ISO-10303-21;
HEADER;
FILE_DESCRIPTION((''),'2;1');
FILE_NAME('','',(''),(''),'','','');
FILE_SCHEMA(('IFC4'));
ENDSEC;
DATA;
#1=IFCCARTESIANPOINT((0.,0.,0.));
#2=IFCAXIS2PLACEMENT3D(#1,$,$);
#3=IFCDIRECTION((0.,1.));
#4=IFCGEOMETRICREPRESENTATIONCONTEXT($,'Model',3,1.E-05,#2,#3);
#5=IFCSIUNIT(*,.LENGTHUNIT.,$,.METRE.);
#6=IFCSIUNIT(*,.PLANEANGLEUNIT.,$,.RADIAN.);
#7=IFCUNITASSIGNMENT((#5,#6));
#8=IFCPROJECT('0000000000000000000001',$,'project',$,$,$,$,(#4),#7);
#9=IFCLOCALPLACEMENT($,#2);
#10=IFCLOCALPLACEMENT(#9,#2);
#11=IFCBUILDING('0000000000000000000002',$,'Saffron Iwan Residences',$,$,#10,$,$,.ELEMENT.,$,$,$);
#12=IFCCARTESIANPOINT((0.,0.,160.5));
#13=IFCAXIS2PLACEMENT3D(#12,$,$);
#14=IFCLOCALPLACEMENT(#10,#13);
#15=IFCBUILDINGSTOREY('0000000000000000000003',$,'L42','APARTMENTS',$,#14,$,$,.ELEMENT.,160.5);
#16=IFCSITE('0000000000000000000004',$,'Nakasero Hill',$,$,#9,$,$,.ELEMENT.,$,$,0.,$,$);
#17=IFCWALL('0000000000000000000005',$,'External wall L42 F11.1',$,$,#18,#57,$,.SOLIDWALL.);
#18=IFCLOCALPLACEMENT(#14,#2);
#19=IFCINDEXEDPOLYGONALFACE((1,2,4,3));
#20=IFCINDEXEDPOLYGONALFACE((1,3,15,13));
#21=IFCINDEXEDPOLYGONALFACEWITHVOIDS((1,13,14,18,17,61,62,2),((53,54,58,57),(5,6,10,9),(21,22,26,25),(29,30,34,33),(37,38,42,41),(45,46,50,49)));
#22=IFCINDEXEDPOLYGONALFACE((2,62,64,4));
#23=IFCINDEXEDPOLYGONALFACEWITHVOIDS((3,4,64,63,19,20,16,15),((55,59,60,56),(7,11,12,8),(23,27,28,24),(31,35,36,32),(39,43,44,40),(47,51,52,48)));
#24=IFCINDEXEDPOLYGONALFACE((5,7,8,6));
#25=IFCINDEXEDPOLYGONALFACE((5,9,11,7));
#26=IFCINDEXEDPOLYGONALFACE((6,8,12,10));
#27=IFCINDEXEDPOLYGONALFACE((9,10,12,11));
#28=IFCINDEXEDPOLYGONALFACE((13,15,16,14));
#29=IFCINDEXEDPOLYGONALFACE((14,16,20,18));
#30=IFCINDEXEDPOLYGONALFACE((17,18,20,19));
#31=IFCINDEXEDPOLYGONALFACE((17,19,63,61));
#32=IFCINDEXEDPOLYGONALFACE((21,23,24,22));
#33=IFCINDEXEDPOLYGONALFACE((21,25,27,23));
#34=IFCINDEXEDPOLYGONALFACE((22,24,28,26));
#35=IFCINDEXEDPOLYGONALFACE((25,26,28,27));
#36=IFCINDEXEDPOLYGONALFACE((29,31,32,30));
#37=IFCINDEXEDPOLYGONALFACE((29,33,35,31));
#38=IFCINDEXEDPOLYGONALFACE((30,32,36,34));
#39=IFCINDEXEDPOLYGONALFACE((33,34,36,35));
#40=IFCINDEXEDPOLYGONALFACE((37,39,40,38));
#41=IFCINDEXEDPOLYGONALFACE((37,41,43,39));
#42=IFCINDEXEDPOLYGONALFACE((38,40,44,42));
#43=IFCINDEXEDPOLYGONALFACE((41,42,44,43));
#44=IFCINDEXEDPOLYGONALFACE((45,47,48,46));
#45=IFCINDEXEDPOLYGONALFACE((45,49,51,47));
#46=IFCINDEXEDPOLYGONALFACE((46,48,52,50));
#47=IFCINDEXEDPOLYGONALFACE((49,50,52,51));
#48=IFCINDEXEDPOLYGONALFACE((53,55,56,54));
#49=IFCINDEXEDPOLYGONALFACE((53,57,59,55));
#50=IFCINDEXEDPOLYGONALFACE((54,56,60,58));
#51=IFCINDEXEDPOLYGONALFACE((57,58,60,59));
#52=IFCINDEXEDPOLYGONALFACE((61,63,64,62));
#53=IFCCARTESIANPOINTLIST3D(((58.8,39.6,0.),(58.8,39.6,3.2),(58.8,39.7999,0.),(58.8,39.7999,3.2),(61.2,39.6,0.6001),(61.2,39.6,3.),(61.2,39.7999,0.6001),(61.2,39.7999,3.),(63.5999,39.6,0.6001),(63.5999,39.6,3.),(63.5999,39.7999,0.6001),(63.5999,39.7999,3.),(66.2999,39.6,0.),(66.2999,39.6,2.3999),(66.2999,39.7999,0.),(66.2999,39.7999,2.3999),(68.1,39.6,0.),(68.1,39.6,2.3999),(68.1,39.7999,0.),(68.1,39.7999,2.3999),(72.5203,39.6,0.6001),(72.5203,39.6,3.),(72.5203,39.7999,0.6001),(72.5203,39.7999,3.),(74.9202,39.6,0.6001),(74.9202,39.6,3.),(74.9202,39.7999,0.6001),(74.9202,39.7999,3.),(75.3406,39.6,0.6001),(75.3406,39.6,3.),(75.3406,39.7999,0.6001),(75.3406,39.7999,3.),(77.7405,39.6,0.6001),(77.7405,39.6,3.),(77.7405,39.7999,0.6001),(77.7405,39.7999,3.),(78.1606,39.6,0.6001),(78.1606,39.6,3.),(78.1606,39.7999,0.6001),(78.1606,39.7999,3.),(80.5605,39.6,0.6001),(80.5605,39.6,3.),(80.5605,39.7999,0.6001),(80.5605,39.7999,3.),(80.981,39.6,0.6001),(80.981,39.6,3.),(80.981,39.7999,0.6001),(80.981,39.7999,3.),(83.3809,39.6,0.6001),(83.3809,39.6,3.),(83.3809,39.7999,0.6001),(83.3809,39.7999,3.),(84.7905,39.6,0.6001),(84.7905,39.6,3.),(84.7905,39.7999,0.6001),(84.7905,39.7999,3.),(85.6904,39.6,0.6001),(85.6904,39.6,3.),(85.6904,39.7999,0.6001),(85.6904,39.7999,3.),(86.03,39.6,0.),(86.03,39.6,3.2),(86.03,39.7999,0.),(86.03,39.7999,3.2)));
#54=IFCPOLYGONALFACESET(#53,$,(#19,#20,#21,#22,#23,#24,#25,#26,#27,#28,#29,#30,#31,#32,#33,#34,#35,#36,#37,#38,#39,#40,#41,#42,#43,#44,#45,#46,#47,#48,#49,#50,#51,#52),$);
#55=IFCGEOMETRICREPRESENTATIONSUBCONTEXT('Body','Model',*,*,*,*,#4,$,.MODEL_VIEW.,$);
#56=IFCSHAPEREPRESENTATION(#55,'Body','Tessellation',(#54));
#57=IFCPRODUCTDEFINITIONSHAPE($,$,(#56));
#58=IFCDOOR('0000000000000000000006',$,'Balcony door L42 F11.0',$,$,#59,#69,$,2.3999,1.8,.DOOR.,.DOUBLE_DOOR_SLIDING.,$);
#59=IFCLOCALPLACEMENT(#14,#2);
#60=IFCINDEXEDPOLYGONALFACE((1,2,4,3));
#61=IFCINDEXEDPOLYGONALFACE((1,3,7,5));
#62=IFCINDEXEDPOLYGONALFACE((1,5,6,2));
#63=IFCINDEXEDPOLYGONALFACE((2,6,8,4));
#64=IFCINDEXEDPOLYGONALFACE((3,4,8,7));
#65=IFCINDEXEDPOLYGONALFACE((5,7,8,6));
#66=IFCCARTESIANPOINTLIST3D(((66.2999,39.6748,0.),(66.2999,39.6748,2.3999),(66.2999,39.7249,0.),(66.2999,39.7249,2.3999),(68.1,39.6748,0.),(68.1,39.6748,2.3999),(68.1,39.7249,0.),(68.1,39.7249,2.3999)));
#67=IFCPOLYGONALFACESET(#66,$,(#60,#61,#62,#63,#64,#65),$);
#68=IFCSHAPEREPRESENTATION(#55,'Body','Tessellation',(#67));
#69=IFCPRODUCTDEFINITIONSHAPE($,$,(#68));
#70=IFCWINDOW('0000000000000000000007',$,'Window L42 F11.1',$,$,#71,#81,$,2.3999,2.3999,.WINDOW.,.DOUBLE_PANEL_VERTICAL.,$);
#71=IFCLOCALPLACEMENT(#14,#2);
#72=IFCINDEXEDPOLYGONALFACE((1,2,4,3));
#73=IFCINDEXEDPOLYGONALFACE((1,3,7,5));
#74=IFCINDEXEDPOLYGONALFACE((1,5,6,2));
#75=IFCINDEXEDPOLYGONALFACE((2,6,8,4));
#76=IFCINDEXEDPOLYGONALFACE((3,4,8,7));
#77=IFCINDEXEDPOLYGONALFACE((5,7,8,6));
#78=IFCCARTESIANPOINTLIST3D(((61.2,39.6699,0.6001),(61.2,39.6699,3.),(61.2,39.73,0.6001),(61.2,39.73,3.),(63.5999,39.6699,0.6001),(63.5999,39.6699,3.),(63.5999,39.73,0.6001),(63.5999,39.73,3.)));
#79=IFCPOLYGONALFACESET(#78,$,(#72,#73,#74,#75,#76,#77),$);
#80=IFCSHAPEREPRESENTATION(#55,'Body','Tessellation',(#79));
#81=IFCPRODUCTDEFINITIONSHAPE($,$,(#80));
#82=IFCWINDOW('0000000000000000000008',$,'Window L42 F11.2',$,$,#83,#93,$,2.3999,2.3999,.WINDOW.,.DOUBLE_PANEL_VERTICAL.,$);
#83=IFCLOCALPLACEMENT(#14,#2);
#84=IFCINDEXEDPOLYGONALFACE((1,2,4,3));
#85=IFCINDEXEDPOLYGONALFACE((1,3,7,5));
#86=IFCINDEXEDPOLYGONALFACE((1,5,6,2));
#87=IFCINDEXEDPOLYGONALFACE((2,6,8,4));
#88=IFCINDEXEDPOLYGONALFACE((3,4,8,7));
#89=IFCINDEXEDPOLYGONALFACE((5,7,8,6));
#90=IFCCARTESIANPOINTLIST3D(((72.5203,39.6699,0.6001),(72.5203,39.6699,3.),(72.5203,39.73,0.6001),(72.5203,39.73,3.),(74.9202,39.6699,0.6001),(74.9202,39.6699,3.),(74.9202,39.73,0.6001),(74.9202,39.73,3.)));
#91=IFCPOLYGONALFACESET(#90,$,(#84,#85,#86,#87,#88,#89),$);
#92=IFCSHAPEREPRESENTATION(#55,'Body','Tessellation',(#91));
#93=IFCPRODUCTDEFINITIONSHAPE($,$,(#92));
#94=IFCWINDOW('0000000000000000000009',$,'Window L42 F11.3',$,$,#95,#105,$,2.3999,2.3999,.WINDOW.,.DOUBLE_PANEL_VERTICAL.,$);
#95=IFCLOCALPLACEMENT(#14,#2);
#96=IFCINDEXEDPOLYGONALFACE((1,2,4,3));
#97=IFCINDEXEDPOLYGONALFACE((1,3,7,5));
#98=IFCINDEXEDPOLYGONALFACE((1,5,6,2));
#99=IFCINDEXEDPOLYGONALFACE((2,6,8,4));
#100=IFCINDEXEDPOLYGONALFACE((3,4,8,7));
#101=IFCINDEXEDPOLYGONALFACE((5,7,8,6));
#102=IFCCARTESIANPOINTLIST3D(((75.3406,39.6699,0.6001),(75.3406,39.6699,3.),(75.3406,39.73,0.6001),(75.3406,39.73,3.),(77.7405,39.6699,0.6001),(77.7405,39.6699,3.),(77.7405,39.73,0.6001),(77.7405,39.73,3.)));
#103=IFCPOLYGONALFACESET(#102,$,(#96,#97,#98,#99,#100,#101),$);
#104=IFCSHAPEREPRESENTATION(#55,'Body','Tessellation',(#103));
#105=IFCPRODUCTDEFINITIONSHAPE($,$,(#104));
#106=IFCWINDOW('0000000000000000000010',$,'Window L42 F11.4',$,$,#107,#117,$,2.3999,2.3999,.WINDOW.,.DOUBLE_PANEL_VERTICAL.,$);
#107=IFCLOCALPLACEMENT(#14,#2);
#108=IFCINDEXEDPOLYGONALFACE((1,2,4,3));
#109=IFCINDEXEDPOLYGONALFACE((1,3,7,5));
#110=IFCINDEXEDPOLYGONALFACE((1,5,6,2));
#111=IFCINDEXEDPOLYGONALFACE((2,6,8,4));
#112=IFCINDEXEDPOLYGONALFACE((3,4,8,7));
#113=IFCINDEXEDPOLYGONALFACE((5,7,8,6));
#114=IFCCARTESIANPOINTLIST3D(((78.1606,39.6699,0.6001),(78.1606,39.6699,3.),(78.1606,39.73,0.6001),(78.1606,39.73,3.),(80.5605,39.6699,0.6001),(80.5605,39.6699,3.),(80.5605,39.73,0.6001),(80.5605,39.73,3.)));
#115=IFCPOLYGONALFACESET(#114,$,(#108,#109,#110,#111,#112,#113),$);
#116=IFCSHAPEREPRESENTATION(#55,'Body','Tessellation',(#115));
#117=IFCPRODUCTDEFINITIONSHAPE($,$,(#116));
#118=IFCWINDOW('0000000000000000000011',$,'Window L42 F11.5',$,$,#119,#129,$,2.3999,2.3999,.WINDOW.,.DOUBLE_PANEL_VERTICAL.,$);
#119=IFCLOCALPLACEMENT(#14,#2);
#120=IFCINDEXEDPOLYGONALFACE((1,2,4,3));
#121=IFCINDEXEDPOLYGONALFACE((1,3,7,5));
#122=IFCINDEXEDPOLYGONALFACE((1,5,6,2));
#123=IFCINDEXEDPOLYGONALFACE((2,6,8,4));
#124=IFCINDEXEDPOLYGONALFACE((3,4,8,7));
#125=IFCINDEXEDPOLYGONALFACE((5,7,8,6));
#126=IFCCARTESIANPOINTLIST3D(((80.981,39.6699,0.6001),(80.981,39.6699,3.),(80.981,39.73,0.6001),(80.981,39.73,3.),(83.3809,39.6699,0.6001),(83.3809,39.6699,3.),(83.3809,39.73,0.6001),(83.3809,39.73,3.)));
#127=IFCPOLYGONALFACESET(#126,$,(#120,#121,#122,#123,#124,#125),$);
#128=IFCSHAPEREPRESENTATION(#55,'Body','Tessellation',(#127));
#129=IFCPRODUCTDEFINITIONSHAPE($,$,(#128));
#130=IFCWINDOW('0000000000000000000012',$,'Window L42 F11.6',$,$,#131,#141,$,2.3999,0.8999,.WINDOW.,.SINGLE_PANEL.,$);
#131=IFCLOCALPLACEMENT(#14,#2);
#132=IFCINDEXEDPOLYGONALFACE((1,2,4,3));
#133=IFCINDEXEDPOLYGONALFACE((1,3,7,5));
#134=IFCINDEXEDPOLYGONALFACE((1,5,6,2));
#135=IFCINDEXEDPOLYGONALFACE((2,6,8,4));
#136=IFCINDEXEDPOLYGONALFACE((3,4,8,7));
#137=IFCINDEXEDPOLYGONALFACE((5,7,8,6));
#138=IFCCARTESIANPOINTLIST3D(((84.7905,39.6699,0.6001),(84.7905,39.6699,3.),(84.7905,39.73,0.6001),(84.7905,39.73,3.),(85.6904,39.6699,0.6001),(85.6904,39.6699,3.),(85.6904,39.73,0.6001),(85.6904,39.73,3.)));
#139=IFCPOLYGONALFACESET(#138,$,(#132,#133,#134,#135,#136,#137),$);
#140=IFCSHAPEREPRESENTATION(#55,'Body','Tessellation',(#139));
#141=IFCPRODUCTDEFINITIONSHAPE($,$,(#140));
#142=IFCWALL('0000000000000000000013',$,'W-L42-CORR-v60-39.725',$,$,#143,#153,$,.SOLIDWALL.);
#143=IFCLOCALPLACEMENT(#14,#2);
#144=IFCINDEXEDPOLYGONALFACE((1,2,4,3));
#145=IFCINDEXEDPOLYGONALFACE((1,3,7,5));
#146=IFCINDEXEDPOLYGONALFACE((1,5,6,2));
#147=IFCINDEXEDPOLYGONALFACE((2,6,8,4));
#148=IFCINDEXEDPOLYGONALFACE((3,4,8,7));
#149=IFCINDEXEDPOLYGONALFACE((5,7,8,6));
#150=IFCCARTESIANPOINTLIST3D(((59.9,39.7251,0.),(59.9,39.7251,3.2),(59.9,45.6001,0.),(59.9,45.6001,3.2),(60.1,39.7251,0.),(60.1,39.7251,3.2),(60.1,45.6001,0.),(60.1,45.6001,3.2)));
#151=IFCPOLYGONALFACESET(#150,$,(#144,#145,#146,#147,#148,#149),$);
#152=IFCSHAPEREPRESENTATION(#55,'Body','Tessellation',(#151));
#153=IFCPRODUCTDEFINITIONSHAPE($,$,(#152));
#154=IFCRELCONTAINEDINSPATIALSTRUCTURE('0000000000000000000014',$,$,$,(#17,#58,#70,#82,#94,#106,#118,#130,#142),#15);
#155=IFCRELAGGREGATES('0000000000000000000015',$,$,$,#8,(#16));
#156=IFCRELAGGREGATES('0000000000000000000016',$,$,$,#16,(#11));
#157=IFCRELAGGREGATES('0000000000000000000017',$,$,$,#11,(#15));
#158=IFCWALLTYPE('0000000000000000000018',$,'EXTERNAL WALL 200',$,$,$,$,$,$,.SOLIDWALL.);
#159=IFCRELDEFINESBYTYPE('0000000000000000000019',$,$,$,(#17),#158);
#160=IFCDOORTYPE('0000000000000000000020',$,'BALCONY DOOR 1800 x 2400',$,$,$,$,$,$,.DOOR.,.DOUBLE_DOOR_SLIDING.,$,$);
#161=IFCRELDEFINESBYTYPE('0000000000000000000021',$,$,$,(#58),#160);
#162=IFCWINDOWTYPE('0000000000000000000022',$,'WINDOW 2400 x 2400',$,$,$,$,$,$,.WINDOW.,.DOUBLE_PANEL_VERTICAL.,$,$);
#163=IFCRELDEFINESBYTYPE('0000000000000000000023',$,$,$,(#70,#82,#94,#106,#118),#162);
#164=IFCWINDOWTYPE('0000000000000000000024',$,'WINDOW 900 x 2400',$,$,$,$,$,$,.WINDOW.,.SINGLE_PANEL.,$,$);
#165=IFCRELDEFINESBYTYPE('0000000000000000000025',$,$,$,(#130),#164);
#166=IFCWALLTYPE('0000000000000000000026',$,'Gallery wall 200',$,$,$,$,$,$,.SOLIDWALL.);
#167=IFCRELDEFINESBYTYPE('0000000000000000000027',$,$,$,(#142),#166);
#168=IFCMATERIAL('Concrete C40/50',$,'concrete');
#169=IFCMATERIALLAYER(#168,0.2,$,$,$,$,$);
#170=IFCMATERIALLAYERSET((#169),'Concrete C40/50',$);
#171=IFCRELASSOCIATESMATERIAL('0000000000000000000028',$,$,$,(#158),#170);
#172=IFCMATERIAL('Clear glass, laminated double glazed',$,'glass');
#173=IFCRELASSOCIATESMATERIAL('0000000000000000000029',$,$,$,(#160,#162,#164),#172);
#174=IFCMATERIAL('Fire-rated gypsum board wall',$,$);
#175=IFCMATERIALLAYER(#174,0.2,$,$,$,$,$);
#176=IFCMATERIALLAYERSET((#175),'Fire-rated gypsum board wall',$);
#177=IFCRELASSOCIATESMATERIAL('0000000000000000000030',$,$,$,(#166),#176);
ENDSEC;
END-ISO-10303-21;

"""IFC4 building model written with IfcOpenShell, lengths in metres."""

from ifc_helpers import new_model, si_unit, direction, frame, frame_2d, origin, place, context, subcontext, project, spatial, rectangle, extrude, material, layer, layer_set, type_object, element, fill, save


model = new_model("IFC4")

# Units and contexts
model_context = context("Model", 3, precision=1e-05, world=origin(), true_north=direction((0.0, 1.0)))
body_context = subcontext(model_context, "Body", "Model", "MODEL_VIEW")
ifc_project = project(units=[si_unit("LENGTHUNIT", "METRE"), si_unit("PLANEANGLEUNIT", "RADIAN")], contexts=[model_context])

# Site, building, storey
site_placement = place(None, origin())
site = spatial("IfcSite", under=ifc_project, at=site_placement, Name="Nakasero Hill", CompositionType="ELEMENT", RefElevation=0.0)
building_placement = place(site_placement, origin())
building = spatial("IfcBuilding", under=site, at=building_placement, Name="Saffron Iwan Residences", CompositionType="ELEMENT")
storey_placement = place(building_placement, frame((0.0, 0.0, 160.5)))
storey = spatial("IfcBuildingStorey", under=building, at=storey_placement, Name="L42", Description="APARTMENTS", CompositionType="ELEMENT", Elevation=160.5)

# Wall, openings, door, windows
ifc_material_1 = material(Name="Concrete C40/50", Category="concrete")
ifc_layer_1 = layer(ifc_material_1, 0.2)
ifc_layer_set_1 = layer_set([ifc_layer_1], Name="Concrete C40/50")
wall_type_1 = type_object("IfcWallType", Name="EXTERNAL WALL 200", PredefinedType="SOLIDWALL", material=ifc_layer_set_1)
wall_1_placement = place(storey_placement, frame((58.8, 39.7, 0.0), z_axis=(0.0, 0.0, 1.0), x_axis=(1.0, 0.0, 0.0)))
wall_1 = element("IfcWall", 1, at=wall_1_placement, inside=storey, type_object=wall_type_1, Name="External wall L42 F11.1", PredefinedType="SOLIDWALL", context=body_context, shape_type="SweptSolid", body=[
    extrude(rectangle(XDim=27.23, YDim=0.2, at=frame_2d((13.615, 0.0))), origin(), (0.0, 0.0, 1.0), 3.2),
])
opening_1_placement = place(wall_1_placement, frame((7.5, 0.0, 0.0)))
opening_1 = element("IfcOpeningElement", 2, at=opening_1_placement, cuts=wall_1, PredefinedType="OPENING", context=body_context, shape_type="SweptSolid", body=[
    extrude(rectangle(XDim=1.8, YDim=2.3999, at=frame_2d((0.8999, 1.2))), frame((0.0, 0.1099, 0.0), z_axis=(0.0, -1.0, 0.0), x_axis=(1.0, 0.0, 0.0)), (0.0, 0.0, 1.0), 0.22),
])
opening_2_placement = place(wall_1_placement, frame((2.3999, 0.0, 0.6001)))
opening_2 = element("IfcOpeningElement", 3, at=opening_2_placement, cuts=wall_1, PredefinedType="OPENING", context=body_context, shape_type="SweptSolid", body=[
    extrude(rectangle(XDim=2.3999, YDim=2.3999, at=frame_2d((1.2, 1.2))), frame((0.0, 0.1099, 0.0), z_axis=(0.0, -1.0, 0.0), x_axis=(1.0, 0.0, 0.0)), (0.0, 0.0, 1.0), 0.22),
])
opening_3_placement = place(wall_1_placement, frame((13.7202, 0.0, 0.6001)))
opening_3 = element("IfcOpeningElement", 4, at=opening_3_placement, cuts=wall_1, PredefinedType="OPENING", context=body_context, shape_type="SweptSolid", body=[
    extrude(rectangle(XDim=2.3999, YDim=2.3999, at=frame_2d((1.2, 1.2))), frame((0.0, 0.1099, 0.0), z_axis=(0.0, -1.0, 0.0), x_axis=(1.0, 0.0, 0.0)), (0.0, 0.0, 1.0), 0.22),
])
opening_4_placement = place(wall_1_placement, frame((16.5405, 0.0, 0.6001)))
opening_4 = element("IfcOpeningElement", 5, at=opening_4_placement, cuts=wall_1, PredefinedType="OPENING", context=body_context, shape_type="SweptSolid", body=[
    extrude(rectangle(XDim=2.3999, YDim=2.3999, at=frame_2d((1.2, 1.2))), frame((0.0, 0.1099, 0.0), z_axis=(0.0, -1.0, 0.0), x_axis=(1.0, 0.0, 0.0)), (0.0, 0.0, 1.0), 0.22),
])
opening_5_placement = place(wall_1_placement, frame((19.3606, 0.0, 0.6001)))
opening_5 = element("IfcOpeningElement", 6, at=opening_5_placement, cuts=wall_1, PredefinedType="OPENING", context=body_context, shape_type="SweptSolid", body=[
    extrude(rectangle(XDim=2.3999, YDim=2.3999, at=frame_2d((1.2, 1.2))), frame((0.0, 0.1099, 0.0), z_axis=(0.0, -1.0, 0.0), x_axis=(1.0, 0.0, 0.0)), (0.0, 0.0, 1.0), 0.22),
])
opening_6_placement = place(wall_1_placement, frame((22.1809, 0.0, 0.6001)))
opening_6 = element("IfcOpeningElement", 7, at=opening_6_placement, cuts=wall_1, PredefinedType="OPENING", context=body_context, shape_type="SweptSolid", body=[
    extrude(rectangle(XDim=2.3999, YDim=2.3999, at=frame_2d((1.2, 1.2))), frame((0.0, 0.1099, 0.0), z_axis=(0.0, -1.0, 0.0), x_axis=(1.0, 0.0, 0.0)), (0.0, 0.0, 1.0), 0.22),
])
opening_7_placement = place(wall_1_placement, frame((25.9905, 0.0, 0.6001)))
opening_7 = element("IfcOpeningElement", 8, at=opening_7_placement, cuts=wall_1, PredefinedType="OPENING", context=body_context, shape_type="SweptSolid", body=[
    extrude(rectangle(XDim=0.8999, YDim=2.3999, at=frame_2d((0.45, 1.2))), frame((0.0, 0.1099, 0.0), z_axis=(0.0, -1.0, 0.0), x_axis=(1.0, 0.0, 0.0)), (0.0, 0.0, 1.0), 0.22),
])
ifc_material_2 = material(Name="Clear glass, laminated double glazed", Category="glass")
door_type = type_object("IfcDoorType", Name="BALCONY DOOR 1800 x 2400", OperationType="DOUBLE_DOOR_SLIDING", PredefinedType="DOOR", material=ifc_material_2)
door_placement = place(opening_1_placement, origin())
door = element("IfcDoor", 9, at=door_placement, inside=storey, type_object=door_type, Name="Balcony door L42 F11.0", OperationType="DOUBLE_DOOR_SLIDING", OverallHeight=2.3999, OverallWidth=1.8, PredefinedType="DOOR", context=body_context, shape_type="SweptSolid", body=[
    extrude(rectangle(XDim=1.8, YDim=2.3999, at=frame_2d((0.8999, 1.2))), frame((0.0, 0.0249, 0.0), z_axis=(0.0, -1.0, 0.0), x_axis=(1.0, 0.0, 0.0)), (0.0, 0.0, 1.0), 0.05),
])
fill(opening_1, door)
window_type_1 = type_object("IfcWindowType", Name="WINDOW 2400 x 2400", PartitioningType="DOUBLE_PANEL_VERTICAL", PredefinedType="WINDOW", material=ifc_material_2)
window_1_placement = place(opening_2_placement, origin())
window_1 = element("IfcWindow", 10, at=window_1_placement, inside=storey, type_object=window_type_1, Name="Window L42 F11.1", OverallHeight=2.3999, OverallWidth=2.3999, PartitioningType="DOUBLE_PANEL_VERTICAL", PredefinedType="WINDOW", context=body_context, shape_type="SweptSolid", body=[
    extrude(rectangle(XDim=2.3999, YDim=2.3999, at=frame_2d((1.2, 1.2))), frame((0.0, 0.03, 0.0), z_axis=(0.0, -1.0, 0.0), x_axis=(1.0, 0.0, 0.0)), (0.0, 0.0, 1.0), 0.0601),
])
fill(opening_2, window_1)
window_2_placement = place(opening_3_placement, origin())
window_2 = element("IfcWindow", 11, at=window_2_placement, inside=storey, type_object=window_type_1, Name="Window L42 F11.2", OverallHeight=2.3999, OverallWidth=2.3999, PartitioningType="DOUBLE_PANEL_VERTICAL", PredefinedType="WINDOW", context=body_context, shape_type="SweptSolid", body=[
    extrude(rectangle(XDim=2.3999, YDim=2.3999, at=frame_2d((1.2, 1.2))), frame((0.0, 0.03, 0.0), z_axis=(0.0, -1.0, 0.0), x_axis=(1.0, 0.0, 0.0)), (0.0, 0.0, 1.0), 0.0601),
])
fill(opening_3, window_2)
window_3_placement = place(opening_4_placement, origin())
window_3 = element("IfcWindow", 12, at=window_3_placement, inside=storey, type_object=window_type_1, Name="Window L42 F11.3", OverallHeight=2.3999, OverallWidth=2.3999, PartitioningType="DOUBLE_PANEL_VERTICAL", PredefinedType="WINDOW", context=body_context, shape_type="SweptSolid", body=[
    extrude(rectangle(XDim=2.3999, YDim=2.3999, at=frame_2d((1.2, 1.2))), frame((0.0, 0.03, 0.0), z_axis=(0.0, -1.0, 0.0), x_axis=(1.0, 0.0, 0.0)), (0.0, 0.0, 1.0), 0.0601),
])
fill(opening_4, window_3)
window_4_placement = place(opening_5_placement, origin())
window_4 = element("IfcWindow", 13, at=window_4_placement, inside=storey, type_object=window_type_1, Name="Window L42 F11.4", OverallHeight=2.3999, OverallWidth=2.3999, PartitioningType="DOUBLE_PANEL_VERTICAL", PredefinedType="WINDOW", context=body_context, shape_type="SweptSolid", body=[
    extrude(rectangle(XDim=2.3999, YDim=2.3999, at=frame_2d((1.2, 1.2))), frame((0.0, 0.03, 0.0), z_axis=(0.0, -1.0, 0.0), x_axis=(1.0, 0.0, 0.0)), (0.0, 0.0, 1.0), 0.0601),
])
fill(opening_5, window_4)
window_5_placement = place(opening_6_placement, origin())
window_5 = element("IfcWindow", 14, at=window_5_placement, inside=storey, type_object=window_type_1, Name="Window L42 F11.5", OverallHeight=2.3999, OverallWidth=2.3999, PartitioningType="DOUBLE_PANEL_VERTICAL", PredefinedType="WINDOW", context=body_context, shape_type="SweptSolid", body=[
    extrude(rectangle(XDim=2.3999, YDim=2.3999, at=frame_2d((1.2, 1.2))), frame((0.0, 0.03, 0.0), z_axis=(0.0, -1.0, 0.0), x_axis=(1.0, 0.0, 0.0)), (0.0, 0.0, 1.0), 0.0601),
])
fill(opening_6, window_5)
window_type_2 = type_object("IfcWindowType", Name="WINDOW 900 x 2400", PartitioningType="SINGLE_PANEL", PredefinedType="WINDOW", material=ifc_material_2)
window_6_placement = place(opening_7_placement, origin())
window_6 = element("IfcWindow", 15, at=window_6_placement, inside=storey, type_object=window_type_2, Name="Window L42 F11.6", OverallHeight=2.3999, OverallWidth=0.8999, PartitioningType="SINGLE_PANEL", PredefinedType="WINDOW", context=body_context, shape_type="SweptSolid", body=[
    extrude(rectangle(XDim=0.8999, YDim=2.3999, at=frame_2d((0.45, 1.2))), frame((0.0, 0.03, 0.0), z_axis=(0.0, -1.0, 0.0), x_axis=(1.0, 0.0, 0.0)), (0.0, 0.0, 1.0), 0.0601),
])
fill(opening_7, window_6)

# Wall
ifc_material_3 = material(Name="Fire-rated gypsum board wall")
ifc_layer_2 = layer(ifc_material_3, 0.2)
ifc_layer_set_2 = layer_set([ifc_layer_2], Name="Fire-rated gypsum board wall")
wall_type_2 = type_object("IfcWallType", Name="Gallery wall 200", PredefinedType="SOLIDWALL", material=ifc_layer_set_2)
wall_2_placement = place(storey_placement, frame((60.0, 39.7251, 0.0), z_axis=(0.0, 0.0, 1.0), x_axis=(0.0, 1.0, 0.0)))
element("IfcWall", 16, at=wall_2_placement, inside=storey, type_object=wall_type_2, Name="W-L42-CORR-v60-39.725", PredefinedType="SOLIDWALL", context=body_context, shape_type="SweptSolid", body=[
    extrude(rectangle(XDim=5.875, YDim=0.2, at=frame_2d((2.9375, 0.0))), origin(), (0.0, 0.0, 1.0), 3.2),
])

save(model, "model.ifc")
